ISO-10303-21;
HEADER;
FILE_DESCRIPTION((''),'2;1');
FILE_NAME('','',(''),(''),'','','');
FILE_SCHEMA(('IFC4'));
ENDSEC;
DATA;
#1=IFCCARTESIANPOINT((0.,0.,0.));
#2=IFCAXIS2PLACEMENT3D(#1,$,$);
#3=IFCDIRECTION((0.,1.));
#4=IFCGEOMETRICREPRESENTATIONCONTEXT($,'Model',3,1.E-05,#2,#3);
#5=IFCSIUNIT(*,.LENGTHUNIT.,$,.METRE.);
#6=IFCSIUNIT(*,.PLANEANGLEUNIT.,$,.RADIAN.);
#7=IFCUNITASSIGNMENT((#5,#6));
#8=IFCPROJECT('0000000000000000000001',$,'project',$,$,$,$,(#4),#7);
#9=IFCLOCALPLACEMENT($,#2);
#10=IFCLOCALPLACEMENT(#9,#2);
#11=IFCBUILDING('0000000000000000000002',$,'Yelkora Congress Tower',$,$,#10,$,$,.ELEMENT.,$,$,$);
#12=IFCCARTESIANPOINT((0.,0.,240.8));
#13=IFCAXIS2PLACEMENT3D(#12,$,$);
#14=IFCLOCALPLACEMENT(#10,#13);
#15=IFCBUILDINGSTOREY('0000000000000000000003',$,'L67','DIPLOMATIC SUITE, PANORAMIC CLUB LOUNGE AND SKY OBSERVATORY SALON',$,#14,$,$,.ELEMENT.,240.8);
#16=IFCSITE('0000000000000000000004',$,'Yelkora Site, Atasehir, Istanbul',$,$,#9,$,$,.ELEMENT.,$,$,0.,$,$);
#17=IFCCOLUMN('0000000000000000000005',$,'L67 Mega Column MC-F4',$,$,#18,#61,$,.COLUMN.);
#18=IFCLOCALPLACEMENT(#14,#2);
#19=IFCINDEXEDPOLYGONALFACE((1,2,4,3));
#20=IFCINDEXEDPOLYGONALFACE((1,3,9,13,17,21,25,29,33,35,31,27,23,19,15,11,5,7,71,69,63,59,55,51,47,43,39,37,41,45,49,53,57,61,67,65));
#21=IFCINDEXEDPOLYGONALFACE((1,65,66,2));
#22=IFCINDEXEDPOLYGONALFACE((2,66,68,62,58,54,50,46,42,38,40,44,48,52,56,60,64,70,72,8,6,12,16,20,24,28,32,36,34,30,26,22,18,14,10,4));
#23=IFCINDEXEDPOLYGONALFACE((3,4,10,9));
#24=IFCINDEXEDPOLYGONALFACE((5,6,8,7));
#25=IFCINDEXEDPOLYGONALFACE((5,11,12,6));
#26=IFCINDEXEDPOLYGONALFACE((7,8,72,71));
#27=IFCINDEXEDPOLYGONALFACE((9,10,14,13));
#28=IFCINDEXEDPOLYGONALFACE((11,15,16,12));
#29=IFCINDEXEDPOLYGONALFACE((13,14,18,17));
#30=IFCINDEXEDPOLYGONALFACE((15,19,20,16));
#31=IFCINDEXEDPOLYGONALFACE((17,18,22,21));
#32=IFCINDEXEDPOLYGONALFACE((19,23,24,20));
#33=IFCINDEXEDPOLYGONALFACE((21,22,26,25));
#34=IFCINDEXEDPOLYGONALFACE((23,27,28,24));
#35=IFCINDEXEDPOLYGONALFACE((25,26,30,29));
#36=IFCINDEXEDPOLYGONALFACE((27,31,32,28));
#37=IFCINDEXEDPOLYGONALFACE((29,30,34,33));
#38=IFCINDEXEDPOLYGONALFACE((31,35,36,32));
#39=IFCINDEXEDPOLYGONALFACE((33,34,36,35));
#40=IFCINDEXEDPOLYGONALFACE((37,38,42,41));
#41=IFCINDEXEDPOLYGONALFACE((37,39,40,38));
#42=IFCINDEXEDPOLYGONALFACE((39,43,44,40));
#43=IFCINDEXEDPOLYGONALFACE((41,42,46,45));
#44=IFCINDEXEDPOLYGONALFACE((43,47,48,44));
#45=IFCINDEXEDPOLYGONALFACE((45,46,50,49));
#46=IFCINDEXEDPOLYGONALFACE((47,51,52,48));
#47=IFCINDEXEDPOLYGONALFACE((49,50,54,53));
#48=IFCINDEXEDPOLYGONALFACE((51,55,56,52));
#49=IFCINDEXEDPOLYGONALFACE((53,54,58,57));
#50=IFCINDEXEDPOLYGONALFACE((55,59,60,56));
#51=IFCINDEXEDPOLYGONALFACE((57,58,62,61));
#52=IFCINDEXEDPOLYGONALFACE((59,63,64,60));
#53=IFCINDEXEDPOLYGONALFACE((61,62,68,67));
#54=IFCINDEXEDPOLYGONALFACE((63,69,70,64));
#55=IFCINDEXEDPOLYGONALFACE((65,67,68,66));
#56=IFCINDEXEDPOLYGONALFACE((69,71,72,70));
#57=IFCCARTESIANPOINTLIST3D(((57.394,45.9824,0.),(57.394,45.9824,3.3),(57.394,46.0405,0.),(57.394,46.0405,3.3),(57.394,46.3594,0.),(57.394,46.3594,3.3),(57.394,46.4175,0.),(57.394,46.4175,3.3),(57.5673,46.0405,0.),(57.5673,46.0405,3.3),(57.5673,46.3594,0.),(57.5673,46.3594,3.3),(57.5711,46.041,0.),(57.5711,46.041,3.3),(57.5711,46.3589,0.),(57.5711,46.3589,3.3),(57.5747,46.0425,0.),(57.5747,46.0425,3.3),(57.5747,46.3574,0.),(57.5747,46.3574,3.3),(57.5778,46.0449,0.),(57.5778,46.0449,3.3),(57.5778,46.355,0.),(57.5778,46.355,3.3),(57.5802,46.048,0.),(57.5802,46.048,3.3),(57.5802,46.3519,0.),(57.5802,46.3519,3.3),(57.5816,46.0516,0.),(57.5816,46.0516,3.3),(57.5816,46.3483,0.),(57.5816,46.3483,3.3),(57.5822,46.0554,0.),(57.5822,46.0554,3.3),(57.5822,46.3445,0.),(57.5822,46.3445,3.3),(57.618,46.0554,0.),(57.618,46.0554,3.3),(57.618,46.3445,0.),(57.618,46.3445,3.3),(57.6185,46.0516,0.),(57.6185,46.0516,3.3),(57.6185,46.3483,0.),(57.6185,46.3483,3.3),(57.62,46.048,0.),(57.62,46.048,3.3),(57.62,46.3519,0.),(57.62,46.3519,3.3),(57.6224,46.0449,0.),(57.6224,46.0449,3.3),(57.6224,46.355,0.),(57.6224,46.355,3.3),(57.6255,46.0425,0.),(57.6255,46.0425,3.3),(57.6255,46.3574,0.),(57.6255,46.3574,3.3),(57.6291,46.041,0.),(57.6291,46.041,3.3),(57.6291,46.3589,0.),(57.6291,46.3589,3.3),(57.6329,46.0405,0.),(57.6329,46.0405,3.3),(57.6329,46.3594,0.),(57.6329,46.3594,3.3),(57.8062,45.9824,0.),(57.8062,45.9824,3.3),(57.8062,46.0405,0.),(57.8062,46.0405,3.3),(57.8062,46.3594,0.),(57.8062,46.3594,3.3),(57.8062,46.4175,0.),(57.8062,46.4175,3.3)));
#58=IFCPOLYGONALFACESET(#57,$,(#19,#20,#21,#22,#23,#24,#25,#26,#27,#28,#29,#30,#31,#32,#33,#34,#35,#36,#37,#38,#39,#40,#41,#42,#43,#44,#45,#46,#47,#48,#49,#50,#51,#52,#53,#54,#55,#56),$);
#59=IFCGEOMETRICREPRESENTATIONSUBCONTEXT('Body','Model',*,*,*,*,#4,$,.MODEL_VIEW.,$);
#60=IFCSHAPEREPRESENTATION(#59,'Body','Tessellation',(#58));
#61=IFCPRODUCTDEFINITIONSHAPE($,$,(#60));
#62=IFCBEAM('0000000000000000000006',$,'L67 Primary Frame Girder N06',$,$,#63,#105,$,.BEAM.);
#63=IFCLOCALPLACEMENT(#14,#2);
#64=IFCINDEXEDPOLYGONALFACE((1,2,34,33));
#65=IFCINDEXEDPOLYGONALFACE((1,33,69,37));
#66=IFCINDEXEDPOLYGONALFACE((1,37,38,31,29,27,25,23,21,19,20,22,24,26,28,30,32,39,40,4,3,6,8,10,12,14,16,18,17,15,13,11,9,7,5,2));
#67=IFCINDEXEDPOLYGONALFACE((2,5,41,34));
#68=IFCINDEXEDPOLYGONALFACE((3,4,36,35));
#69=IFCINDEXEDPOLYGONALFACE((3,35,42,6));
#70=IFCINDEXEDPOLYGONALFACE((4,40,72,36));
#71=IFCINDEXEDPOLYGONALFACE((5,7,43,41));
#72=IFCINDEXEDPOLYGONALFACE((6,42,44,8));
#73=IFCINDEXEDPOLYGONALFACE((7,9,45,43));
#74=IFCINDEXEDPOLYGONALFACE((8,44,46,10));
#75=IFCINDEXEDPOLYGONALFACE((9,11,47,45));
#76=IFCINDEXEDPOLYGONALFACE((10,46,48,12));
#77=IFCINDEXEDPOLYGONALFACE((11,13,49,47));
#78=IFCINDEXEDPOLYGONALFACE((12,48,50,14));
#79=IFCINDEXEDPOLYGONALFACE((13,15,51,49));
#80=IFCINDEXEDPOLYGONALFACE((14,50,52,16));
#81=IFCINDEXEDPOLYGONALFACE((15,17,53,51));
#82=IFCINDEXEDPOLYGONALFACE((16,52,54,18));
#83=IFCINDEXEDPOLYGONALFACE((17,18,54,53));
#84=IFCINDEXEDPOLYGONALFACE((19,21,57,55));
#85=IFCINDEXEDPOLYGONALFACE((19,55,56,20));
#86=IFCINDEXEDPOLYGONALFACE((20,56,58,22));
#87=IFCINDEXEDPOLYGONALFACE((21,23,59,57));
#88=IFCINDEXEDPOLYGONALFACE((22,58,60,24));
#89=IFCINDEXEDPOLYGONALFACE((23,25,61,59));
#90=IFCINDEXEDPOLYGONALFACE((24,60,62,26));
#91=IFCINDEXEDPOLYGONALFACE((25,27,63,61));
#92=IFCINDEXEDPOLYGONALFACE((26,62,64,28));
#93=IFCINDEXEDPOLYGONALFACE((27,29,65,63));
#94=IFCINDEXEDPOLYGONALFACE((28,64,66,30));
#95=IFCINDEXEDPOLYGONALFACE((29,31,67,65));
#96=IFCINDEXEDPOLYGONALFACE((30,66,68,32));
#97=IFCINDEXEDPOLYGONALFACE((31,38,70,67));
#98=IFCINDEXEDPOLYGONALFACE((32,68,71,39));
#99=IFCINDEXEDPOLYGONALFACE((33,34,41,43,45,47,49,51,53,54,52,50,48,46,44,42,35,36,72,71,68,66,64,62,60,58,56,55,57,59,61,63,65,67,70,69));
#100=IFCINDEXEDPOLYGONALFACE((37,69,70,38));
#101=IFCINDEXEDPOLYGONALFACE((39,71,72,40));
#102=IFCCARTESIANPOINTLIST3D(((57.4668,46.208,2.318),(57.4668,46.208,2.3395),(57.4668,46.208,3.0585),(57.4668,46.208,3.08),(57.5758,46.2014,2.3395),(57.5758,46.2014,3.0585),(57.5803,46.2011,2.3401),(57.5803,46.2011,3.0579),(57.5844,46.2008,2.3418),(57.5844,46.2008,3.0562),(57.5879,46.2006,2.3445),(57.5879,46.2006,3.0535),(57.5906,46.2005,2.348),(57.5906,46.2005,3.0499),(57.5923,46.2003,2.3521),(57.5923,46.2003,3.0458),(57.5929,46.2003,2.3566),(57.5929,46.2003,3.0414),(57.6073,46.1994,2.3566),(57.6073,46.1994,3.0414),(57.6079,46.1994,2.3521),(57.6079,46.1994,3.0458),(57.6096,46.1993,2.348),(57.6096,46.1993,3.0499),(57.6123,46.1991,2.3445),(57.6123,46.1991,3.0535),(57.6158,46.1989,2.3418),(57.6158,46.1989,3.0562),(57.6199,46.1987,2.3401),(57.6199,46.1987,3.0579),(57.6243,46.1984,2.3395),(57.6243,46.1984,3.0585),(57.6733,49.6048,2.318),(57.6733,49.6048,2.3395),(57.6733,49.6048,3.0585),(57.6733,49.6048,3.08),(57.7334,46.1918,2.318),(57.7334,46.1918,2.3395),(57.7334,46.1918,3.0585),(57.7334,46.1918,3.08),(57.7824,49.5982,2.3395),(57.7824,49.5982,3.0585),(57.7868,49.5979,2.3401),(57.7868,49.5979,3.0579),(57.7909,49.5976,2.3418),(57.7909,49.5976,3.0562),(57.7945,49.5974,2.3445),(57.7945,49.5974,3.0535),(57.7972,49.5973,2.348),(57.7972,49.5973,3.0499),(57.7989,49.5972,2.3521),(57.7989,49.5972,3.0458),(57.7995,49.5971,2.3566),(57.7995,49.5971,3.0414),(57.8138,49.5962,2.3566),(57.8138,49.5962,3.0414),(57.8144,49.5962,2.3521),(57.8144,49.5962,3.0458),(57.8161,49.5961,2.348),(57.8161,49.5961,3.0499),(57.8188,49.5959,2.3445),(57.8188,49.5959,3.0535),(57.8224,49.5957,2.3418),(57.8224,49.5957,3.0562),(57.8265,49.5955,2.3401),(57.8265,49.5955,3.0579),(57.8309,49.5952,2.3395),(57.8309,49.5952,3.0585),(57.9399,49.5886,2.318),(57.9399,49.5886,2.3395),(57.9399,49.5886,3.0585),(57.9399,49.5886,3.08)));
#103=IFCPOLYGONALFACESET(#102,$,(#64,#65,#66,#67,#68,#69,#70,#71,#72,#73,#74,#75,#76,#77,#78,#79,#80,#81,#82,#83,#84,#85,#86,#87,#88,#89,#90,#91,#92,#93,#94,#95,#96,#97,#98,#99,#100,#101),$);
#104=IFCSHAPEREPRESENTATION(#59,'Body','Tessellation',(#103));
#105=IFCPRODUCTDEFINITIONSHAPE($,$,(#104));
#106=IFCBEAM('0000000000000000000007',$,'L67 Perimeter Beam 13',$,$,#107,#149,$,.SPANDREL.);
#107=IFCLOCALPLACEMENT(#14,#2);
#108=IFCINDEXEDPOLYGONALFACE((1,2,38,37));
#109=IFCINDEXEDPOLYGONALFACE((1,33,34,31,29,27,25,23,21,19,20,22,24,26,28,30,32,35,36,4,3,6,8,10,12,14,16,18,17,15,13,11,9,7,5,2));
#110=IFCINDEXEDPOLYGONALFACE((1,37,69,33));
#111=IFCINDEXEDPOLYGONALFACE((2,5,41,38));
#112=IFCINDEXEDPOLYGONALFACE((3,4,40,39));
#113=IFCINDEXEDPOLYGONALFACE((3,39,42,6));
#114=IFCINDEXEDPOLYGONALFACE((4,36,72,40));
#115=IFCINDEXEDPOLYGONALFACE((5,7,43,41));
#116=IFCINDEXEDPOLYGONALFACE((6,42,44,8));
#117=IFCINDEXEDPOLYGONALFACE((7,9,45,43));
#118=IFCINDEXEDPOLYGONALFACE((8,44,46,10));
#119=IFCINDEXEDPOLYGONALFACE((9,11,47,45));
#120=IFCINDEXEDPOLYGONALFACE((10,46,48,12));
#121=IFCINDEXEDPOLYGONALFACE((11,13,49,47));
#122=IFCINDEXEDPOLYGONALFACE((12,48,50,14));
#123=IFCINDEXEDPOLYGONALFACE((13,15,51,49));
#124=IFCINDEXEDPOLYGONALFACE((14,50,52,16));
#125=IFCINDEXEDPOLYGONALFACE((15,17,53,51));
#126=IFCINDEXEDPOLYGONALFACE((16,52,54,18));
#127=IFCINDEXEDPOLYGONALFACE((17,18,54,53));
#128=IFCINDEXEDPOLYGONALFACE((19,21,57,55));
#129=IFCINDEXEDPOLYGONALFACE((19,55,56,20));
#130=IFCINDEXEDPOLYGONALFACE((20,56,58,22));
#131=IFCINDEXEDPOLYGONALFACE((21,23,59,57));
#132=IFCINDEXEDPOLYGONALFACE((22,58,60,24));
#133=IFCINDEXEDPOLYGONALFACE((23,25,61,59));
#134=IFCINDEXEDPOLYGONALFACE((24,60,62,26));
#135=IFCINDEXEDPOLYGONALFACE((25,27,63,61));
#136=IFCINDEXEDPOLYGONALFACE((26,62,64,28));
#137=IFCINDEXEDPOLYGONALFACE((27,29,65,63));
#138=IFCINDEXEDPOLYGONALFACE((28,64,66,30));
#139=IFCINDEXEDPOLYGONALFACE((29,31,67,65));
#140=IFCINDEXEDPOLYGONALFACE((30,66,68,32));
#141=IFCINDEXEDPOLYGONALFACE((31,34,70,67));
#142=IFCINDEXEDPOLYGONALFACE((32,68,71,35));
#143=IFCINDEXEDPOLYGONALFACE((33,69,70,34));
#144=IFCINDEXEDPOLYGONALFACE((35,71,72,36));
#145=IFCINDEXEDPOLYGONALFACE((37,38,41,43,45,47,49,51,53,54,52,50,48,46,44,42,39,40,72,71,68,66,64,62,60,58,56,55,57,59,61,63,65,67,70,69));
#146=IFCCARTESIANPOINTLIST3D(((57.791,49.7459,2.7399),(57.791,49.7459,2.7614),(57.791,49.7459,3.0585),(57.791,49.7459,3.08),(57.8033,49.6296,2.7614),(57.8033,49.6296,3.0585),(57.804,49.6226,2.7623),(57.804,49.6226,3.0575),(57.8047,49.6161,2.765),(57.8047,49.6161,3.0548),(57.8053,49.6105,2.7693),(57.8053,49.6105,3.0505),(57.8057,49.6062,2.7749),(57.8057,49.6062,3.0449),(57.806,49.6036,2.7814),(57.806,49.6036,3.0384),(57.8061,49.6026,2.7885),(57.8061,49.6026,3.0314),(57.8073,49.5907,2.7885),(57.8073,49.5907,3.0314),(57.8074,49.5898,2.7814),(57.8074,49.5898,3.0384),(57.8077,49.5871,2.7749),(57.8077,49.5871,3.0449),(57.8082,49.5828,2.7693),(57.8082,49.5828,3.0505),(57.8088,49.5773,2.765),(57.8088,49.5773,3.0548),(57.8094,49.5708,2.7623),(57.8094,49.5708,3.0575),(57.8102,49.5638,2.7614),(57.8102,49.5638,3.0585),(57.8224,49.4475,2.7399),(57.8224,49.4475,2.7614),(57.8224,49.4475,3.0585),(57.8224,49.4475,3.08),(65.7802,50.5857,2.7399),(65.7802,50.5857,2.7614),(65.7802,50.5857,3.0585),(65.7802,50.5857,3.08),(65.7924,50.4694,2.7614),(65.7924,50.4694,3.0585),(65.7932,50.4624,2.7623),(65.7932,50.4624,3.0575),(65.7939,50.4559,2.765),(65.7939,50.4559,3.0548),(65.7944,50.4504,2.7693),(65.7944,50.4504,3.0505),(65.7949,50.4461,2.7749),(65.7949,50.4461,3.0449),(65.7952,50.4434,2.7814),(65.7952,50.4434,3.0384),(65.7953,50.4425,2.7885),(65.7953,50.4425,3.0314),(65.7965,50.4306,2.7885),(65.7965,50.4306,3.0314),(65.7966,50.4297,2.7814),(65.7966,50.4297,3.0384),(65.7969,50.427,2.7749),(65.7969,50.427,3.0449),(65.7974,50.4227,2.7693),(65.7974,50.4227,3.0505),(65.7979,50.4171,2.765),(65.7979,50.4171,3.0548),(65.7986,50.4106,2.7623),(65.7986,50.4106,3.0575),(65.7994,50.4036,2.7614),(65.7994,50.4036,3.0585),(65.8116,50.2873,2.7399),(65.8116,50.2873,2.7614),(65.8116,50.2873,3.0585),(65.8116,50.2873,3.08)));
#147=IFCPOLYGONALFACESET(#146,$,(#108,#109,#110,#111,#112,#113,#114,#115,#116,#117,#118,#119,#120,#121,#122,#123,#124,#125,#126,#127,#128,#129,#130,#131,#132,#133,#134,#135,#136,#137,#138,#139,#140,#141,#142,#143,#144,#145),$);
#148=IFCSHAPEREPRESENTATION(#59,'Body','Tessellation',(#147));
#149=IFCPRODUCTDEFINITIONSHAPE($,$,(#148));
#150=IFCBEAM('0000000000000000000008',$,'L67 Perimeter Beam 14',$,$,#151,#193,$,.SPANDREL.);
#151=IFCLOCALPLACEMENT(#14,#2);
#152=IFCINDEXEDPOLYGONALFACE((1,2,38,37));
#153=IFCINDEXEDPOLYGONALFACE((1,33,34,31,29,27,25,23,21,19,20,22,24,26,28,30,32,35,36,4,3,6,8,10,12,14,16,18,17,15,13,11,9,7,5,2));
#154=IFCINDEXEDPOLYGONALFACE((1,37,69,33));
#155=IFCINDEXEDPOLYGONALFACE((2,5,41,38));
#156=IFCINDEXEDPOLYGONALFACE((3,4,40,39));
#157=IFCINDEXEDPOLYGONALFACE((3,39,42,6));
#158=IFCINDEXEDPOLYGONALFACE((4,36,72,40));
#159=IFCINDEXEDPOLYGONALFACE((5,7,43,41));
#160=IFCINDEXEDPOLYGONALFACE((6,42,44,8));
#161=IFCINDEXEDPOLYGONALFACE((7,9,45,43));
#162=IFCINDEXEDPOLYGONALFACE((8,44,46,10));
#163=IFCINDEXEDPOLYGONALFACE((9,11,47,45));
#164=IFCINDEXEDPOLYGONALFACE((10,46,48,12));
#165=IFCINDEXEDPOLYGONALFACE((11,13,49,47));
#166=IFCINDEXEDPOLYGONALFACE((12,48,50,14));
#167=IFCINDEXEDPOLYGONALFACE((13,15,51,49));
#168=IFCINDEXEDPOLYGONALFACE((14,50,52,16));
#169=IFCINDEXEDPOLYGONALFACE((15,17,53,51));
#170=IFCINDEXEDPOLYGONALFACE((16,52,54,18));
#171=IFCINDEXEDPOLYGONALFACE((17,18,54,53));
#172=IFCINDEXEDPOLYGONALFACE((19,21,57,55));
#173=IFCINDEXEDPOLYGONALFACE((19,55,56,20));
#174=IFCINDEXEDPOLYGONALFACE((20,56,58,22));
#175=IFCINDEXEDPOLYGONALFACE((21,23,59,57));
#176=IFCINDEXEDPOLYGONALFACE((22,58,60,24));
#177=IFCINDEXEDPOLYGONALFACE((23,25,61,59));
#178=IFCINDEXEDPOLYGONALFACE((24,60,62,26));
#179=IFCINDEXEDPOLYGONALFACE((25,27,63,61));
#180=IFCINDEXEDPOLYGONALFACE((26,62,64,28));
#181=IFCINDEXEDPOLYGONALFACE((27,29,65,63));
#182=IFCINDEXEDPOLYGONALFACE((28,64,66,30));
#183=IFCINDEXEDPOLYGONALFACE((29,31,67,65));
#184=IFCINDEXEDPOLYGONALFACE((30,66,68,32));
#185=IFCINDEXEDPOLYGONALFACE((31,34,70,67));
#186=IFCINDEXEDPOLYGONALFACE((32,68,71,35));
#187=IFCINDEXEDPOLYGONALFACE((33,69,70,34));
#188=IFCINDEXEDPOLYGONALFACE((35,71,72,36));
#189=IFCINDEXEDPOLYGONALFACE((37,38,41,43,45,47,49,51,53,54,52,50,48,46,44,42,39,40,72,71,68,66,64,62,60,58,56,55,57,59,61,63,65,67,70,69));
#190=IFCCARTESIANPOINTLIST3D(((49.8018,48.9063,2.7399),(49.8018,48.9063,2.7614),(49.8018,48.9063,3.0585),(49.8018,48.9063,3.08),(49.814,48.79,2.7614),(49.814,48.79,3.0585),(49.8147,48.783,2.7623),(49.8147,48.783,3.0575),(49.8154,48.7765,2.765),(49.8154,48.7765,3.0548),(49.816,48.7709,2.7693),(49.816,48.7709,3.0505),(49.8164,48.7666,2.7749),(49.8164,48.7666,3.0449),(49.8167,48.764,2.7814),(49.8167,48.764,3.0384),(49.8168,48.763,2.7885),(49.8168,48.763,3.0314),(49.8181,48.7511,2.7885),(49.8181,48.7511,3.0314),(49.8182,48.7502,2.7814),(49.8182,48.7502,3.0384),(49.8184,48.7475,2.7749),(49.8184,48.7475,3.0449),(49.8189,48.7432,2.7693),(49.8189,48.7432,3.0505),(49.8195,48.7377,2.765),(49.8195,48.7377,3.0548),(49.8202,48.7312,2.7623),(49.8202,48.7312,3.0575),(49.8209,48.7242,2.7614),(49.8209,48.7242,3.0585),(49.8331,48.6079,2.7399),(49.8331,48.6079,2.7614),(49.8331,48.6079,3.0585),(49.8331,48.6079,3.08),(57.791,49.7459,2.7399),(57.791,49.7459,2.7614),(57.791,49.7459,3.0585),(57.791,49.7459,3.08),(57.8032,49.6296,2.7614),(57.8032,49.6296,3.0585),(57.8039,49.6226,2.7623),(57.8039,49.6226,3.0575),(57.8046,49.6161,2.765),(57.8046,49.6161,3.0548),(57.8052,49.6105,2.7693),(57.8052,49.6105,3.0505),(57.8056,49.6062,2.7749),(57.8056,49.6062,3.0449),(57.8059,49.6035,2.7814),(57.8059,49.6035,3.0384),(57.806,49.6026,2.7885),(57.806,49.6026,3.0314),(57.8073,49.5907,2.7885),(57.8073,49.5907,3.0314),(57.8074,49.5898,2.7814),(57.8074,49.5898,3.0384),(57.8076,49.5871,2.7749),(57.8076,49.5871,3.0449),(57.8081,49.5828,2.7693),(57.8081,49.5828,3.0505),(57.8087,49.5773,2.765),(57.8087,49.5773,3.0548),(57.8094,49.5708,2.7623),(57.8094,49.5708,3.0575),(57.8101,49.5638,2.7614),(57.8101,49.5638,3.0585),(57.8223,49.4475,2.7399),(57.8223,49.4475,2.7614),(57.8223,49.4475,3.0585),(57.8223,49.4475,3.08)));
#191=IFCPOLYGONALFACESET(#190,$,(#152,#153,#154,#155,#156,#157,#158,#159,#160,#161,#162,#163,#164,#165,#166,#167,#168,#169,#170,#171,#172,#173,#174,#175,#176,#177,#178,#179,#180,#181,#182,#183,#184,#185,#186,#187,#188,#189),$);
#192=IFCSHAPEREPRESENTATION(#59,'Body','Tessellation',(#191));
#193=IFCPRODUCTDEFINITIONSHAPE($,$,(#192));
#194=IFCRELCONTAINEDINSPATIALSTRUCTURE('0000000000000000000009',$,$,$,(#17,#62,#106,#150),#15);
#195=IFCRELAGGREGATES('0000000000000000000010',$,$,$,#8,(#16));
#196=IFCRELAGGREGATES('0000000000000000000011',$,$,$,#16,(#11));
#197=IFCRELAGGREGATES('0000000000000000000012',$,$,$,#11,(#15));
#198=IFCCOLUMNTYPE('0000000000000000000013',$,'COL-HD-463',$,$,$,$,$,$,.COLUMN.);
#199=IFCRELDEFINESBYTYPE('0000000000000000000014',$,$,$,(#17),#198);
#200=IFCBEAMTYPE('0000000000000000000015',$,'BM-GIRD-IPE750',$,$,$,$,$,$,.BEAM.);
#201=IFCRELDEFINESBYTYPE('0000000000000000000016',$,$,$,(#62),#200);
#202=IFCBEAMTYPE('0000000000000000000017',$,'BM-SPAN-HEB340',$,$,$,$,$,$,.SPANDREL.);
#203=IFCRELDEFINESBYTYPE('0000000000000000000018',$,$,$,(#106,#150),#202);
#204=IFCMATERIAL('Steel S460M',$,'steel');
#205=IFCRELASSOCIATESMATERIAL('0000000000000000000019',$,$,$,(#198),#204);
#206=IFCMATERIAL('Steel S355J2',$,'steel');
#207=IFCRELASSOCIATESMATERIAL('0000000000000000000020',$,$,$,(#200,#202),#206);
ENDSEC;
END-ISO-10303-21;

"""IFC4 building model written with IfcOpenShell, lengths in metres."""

from ifc_helpers import new_model, si_unit, direction, frame, origin, origin_2d, place, context, subcontext, project, spatial, i_section, extrude, material, material_profile, profile_set, type_object, element, save


model = new_model("IFC4")

# Units and contexts
model_context = context("Model", 3, precision=1e-05, world=origin(), true_north=direction((0.0, 1.0)))
body_context = subcontext(model_context, "Body", "Model", "MODEL_VIEW")
ifc_project = project(units=[si_unit("LENGTHUNIT", "METRE"), si_unit("PLANEANGLEUNIT", "RADIAN")], contexts=[model_context])

# Site, building, storey
site_placement = place(None, origin())
site = spatial("IfcSite", under=ifc_project, at=site_placement, Name="Yelkora Site, Atasehir, Istanbul", CompositionType="ELEMENT", RefElevation=0.0)
building_placement = place(site_placement, origin())
building = spatial("IfcBuilding", under=site, at=building_placement, Name="Yelkora Congress Tower", CompositionType="ELEMENT")
storey_placement = place(building_placement, frame((0.0, 0.0, 240.8)))
storey = spatial("IfcBuildingStorey", under=building, at=storey_placement, Name="L67", Description="DIPLOMATIC SUITE, PANORAMIC CLUB LOUNGE AND SKY OBSERVATORY SALON", CompositionType="ELEMENT", Elevation=240.8)

# Column
ifc_material_1 = material(Name="Steel S355J2", Category="steel")
ifc_material_2 = material(Name="Steel S460M", Category="steel")
ifc_material_profile_1 = material_profile(ifc_material_2, i_section(OverallWidth=0.4121, OverallDepth=0.4351, WebThickness=0.0359, FlangeThickness=0.0581, FilletRadius=0.0149, at=origin_2d()), Name="HD 400x463")
ifc_profile_set_1 = profile_set([ifc_material_profile_1], Name="Steel S460M")
column_type_1 = type_object("IfcColumnType", Name="COL-HD-463", PredefinedType="COLUMN", material=ifc_profile_set_1)
for number, where, z_axis, x_axis, name in (
    (1, (57.6001, 46.2, 0.0), (0.0, 0.0, 1.0), (1.0, 0.0, 0.0), "L67 Mega Column MC-F4"),
):
    element("IfcColumn", number, at=place(storey_placement, frame(where, z_axis=z_axis, x_axis=x_axis)), inside=storey, type_object=column_type_1, Name=name, PredefinedType="COLUMN", context=body_context, shape_type="SweptSolid", body=[
        extrude(i_section(OverallWidth=0.4121, OverallDepth=0.4351, WebThickness=0.0359, FlangeThickness=0.0581, FilletRadius=0.0149, at=origin_2d()), origin(), (0.0, 0.0, 1.0), 3.3),
    ])

# Beams
ifc_material_profile_2 = material_profile(ifc_material_1, i_section(OverallWidth=0.2671, OverallDepth=0.762, WebThickness=0.0144, FlangeThickness=0.0215, FilletRadius=0.0171, at=origin_2d()), Name="IPE 750x173")
ifc_profile_set_2 = profile_set([ifc_material_profile_2], Name="Steel S355J2")
beam_type_1 = type_object("IfcBeamType", Name="BM-GIRD-IPE750", PredefinedType="BEAM", material=ifc_profile_set_2)
beam_placement = place(storey_placement, frame((57.8066, 49.5967, 2.699), z_axis=(-0.060694, -0.998156, 0.0), x_axis=(0.998156, -0.060694, 0.0)))
element("IfcBeam", 2, at=beam_placement, inside=storey, type_object=beam_type_1, Name="L67 Primary Frame Girder N06", PredefinedType="BEAM", context=body_context, shape_type="SweptSolid", body=[
    extrude(i_section(OverallWidth=0.2671, OverallDepth=0.762, WebThickness=0.0144, FlangeThickness=0.0215, FilletRadius=0.0171, at=origin_2d()), origin(), (0.0, 0.0, 1.0), 3.4031),
])
ifc_material_profile_3 = material_profile(ifc_material_1, i_section(OverallWidth=0.3, OverallDepth=0.3401, WebThickness=0.012, FlangeThickness=0.0215, FilletRadius=0.0271, at=origin_2d()), Name="HEB 340")
ifc_profile_set_3 = profile_set([ifc_material_profile_3], Name="Steel S355J2")
beam_type_2 = type_object("IfcBeamType", Name="BM-SPAN-HEB340", PredefinedType="SPANDREL", material=ifc_profile_set_3)
for number, where, z_axis, x_axis, name in (
    (3, (65.7959, 50.4365, 2.9099), (-0.99452, -0.104546, 0.0), (0.104546, -0.99452, 0.0), "L67 Perimeter Beam 13"),
    (4, (57.8066, 49.5967, 2.9099), (-0.994523, -0.104516, 0.0), (0.104516, -0.994523, 0.0), "L67 Perimeter Beam 14"),
):
    element("IfcBeam", number, at=place(storey_placement, frame(where, z_axis=z_axis, x_axis=x_axis)), inside=storey, type_object=beam_type_2, Name=name, PredefinedType="SPANDREL", context=body_context, shape_type="SweptSolid", body=[
        extrude(i_section(OverallWidth=0.3, OverallDepth=0.3401, WebThickness=0.012, FlangeThickness=0.0215, FilletRadius=0.0271, at=origin_2d()), origin(), (0.0, 0.0, 1.0), 8.0332),
    ])

save(model, "model.ifc")
